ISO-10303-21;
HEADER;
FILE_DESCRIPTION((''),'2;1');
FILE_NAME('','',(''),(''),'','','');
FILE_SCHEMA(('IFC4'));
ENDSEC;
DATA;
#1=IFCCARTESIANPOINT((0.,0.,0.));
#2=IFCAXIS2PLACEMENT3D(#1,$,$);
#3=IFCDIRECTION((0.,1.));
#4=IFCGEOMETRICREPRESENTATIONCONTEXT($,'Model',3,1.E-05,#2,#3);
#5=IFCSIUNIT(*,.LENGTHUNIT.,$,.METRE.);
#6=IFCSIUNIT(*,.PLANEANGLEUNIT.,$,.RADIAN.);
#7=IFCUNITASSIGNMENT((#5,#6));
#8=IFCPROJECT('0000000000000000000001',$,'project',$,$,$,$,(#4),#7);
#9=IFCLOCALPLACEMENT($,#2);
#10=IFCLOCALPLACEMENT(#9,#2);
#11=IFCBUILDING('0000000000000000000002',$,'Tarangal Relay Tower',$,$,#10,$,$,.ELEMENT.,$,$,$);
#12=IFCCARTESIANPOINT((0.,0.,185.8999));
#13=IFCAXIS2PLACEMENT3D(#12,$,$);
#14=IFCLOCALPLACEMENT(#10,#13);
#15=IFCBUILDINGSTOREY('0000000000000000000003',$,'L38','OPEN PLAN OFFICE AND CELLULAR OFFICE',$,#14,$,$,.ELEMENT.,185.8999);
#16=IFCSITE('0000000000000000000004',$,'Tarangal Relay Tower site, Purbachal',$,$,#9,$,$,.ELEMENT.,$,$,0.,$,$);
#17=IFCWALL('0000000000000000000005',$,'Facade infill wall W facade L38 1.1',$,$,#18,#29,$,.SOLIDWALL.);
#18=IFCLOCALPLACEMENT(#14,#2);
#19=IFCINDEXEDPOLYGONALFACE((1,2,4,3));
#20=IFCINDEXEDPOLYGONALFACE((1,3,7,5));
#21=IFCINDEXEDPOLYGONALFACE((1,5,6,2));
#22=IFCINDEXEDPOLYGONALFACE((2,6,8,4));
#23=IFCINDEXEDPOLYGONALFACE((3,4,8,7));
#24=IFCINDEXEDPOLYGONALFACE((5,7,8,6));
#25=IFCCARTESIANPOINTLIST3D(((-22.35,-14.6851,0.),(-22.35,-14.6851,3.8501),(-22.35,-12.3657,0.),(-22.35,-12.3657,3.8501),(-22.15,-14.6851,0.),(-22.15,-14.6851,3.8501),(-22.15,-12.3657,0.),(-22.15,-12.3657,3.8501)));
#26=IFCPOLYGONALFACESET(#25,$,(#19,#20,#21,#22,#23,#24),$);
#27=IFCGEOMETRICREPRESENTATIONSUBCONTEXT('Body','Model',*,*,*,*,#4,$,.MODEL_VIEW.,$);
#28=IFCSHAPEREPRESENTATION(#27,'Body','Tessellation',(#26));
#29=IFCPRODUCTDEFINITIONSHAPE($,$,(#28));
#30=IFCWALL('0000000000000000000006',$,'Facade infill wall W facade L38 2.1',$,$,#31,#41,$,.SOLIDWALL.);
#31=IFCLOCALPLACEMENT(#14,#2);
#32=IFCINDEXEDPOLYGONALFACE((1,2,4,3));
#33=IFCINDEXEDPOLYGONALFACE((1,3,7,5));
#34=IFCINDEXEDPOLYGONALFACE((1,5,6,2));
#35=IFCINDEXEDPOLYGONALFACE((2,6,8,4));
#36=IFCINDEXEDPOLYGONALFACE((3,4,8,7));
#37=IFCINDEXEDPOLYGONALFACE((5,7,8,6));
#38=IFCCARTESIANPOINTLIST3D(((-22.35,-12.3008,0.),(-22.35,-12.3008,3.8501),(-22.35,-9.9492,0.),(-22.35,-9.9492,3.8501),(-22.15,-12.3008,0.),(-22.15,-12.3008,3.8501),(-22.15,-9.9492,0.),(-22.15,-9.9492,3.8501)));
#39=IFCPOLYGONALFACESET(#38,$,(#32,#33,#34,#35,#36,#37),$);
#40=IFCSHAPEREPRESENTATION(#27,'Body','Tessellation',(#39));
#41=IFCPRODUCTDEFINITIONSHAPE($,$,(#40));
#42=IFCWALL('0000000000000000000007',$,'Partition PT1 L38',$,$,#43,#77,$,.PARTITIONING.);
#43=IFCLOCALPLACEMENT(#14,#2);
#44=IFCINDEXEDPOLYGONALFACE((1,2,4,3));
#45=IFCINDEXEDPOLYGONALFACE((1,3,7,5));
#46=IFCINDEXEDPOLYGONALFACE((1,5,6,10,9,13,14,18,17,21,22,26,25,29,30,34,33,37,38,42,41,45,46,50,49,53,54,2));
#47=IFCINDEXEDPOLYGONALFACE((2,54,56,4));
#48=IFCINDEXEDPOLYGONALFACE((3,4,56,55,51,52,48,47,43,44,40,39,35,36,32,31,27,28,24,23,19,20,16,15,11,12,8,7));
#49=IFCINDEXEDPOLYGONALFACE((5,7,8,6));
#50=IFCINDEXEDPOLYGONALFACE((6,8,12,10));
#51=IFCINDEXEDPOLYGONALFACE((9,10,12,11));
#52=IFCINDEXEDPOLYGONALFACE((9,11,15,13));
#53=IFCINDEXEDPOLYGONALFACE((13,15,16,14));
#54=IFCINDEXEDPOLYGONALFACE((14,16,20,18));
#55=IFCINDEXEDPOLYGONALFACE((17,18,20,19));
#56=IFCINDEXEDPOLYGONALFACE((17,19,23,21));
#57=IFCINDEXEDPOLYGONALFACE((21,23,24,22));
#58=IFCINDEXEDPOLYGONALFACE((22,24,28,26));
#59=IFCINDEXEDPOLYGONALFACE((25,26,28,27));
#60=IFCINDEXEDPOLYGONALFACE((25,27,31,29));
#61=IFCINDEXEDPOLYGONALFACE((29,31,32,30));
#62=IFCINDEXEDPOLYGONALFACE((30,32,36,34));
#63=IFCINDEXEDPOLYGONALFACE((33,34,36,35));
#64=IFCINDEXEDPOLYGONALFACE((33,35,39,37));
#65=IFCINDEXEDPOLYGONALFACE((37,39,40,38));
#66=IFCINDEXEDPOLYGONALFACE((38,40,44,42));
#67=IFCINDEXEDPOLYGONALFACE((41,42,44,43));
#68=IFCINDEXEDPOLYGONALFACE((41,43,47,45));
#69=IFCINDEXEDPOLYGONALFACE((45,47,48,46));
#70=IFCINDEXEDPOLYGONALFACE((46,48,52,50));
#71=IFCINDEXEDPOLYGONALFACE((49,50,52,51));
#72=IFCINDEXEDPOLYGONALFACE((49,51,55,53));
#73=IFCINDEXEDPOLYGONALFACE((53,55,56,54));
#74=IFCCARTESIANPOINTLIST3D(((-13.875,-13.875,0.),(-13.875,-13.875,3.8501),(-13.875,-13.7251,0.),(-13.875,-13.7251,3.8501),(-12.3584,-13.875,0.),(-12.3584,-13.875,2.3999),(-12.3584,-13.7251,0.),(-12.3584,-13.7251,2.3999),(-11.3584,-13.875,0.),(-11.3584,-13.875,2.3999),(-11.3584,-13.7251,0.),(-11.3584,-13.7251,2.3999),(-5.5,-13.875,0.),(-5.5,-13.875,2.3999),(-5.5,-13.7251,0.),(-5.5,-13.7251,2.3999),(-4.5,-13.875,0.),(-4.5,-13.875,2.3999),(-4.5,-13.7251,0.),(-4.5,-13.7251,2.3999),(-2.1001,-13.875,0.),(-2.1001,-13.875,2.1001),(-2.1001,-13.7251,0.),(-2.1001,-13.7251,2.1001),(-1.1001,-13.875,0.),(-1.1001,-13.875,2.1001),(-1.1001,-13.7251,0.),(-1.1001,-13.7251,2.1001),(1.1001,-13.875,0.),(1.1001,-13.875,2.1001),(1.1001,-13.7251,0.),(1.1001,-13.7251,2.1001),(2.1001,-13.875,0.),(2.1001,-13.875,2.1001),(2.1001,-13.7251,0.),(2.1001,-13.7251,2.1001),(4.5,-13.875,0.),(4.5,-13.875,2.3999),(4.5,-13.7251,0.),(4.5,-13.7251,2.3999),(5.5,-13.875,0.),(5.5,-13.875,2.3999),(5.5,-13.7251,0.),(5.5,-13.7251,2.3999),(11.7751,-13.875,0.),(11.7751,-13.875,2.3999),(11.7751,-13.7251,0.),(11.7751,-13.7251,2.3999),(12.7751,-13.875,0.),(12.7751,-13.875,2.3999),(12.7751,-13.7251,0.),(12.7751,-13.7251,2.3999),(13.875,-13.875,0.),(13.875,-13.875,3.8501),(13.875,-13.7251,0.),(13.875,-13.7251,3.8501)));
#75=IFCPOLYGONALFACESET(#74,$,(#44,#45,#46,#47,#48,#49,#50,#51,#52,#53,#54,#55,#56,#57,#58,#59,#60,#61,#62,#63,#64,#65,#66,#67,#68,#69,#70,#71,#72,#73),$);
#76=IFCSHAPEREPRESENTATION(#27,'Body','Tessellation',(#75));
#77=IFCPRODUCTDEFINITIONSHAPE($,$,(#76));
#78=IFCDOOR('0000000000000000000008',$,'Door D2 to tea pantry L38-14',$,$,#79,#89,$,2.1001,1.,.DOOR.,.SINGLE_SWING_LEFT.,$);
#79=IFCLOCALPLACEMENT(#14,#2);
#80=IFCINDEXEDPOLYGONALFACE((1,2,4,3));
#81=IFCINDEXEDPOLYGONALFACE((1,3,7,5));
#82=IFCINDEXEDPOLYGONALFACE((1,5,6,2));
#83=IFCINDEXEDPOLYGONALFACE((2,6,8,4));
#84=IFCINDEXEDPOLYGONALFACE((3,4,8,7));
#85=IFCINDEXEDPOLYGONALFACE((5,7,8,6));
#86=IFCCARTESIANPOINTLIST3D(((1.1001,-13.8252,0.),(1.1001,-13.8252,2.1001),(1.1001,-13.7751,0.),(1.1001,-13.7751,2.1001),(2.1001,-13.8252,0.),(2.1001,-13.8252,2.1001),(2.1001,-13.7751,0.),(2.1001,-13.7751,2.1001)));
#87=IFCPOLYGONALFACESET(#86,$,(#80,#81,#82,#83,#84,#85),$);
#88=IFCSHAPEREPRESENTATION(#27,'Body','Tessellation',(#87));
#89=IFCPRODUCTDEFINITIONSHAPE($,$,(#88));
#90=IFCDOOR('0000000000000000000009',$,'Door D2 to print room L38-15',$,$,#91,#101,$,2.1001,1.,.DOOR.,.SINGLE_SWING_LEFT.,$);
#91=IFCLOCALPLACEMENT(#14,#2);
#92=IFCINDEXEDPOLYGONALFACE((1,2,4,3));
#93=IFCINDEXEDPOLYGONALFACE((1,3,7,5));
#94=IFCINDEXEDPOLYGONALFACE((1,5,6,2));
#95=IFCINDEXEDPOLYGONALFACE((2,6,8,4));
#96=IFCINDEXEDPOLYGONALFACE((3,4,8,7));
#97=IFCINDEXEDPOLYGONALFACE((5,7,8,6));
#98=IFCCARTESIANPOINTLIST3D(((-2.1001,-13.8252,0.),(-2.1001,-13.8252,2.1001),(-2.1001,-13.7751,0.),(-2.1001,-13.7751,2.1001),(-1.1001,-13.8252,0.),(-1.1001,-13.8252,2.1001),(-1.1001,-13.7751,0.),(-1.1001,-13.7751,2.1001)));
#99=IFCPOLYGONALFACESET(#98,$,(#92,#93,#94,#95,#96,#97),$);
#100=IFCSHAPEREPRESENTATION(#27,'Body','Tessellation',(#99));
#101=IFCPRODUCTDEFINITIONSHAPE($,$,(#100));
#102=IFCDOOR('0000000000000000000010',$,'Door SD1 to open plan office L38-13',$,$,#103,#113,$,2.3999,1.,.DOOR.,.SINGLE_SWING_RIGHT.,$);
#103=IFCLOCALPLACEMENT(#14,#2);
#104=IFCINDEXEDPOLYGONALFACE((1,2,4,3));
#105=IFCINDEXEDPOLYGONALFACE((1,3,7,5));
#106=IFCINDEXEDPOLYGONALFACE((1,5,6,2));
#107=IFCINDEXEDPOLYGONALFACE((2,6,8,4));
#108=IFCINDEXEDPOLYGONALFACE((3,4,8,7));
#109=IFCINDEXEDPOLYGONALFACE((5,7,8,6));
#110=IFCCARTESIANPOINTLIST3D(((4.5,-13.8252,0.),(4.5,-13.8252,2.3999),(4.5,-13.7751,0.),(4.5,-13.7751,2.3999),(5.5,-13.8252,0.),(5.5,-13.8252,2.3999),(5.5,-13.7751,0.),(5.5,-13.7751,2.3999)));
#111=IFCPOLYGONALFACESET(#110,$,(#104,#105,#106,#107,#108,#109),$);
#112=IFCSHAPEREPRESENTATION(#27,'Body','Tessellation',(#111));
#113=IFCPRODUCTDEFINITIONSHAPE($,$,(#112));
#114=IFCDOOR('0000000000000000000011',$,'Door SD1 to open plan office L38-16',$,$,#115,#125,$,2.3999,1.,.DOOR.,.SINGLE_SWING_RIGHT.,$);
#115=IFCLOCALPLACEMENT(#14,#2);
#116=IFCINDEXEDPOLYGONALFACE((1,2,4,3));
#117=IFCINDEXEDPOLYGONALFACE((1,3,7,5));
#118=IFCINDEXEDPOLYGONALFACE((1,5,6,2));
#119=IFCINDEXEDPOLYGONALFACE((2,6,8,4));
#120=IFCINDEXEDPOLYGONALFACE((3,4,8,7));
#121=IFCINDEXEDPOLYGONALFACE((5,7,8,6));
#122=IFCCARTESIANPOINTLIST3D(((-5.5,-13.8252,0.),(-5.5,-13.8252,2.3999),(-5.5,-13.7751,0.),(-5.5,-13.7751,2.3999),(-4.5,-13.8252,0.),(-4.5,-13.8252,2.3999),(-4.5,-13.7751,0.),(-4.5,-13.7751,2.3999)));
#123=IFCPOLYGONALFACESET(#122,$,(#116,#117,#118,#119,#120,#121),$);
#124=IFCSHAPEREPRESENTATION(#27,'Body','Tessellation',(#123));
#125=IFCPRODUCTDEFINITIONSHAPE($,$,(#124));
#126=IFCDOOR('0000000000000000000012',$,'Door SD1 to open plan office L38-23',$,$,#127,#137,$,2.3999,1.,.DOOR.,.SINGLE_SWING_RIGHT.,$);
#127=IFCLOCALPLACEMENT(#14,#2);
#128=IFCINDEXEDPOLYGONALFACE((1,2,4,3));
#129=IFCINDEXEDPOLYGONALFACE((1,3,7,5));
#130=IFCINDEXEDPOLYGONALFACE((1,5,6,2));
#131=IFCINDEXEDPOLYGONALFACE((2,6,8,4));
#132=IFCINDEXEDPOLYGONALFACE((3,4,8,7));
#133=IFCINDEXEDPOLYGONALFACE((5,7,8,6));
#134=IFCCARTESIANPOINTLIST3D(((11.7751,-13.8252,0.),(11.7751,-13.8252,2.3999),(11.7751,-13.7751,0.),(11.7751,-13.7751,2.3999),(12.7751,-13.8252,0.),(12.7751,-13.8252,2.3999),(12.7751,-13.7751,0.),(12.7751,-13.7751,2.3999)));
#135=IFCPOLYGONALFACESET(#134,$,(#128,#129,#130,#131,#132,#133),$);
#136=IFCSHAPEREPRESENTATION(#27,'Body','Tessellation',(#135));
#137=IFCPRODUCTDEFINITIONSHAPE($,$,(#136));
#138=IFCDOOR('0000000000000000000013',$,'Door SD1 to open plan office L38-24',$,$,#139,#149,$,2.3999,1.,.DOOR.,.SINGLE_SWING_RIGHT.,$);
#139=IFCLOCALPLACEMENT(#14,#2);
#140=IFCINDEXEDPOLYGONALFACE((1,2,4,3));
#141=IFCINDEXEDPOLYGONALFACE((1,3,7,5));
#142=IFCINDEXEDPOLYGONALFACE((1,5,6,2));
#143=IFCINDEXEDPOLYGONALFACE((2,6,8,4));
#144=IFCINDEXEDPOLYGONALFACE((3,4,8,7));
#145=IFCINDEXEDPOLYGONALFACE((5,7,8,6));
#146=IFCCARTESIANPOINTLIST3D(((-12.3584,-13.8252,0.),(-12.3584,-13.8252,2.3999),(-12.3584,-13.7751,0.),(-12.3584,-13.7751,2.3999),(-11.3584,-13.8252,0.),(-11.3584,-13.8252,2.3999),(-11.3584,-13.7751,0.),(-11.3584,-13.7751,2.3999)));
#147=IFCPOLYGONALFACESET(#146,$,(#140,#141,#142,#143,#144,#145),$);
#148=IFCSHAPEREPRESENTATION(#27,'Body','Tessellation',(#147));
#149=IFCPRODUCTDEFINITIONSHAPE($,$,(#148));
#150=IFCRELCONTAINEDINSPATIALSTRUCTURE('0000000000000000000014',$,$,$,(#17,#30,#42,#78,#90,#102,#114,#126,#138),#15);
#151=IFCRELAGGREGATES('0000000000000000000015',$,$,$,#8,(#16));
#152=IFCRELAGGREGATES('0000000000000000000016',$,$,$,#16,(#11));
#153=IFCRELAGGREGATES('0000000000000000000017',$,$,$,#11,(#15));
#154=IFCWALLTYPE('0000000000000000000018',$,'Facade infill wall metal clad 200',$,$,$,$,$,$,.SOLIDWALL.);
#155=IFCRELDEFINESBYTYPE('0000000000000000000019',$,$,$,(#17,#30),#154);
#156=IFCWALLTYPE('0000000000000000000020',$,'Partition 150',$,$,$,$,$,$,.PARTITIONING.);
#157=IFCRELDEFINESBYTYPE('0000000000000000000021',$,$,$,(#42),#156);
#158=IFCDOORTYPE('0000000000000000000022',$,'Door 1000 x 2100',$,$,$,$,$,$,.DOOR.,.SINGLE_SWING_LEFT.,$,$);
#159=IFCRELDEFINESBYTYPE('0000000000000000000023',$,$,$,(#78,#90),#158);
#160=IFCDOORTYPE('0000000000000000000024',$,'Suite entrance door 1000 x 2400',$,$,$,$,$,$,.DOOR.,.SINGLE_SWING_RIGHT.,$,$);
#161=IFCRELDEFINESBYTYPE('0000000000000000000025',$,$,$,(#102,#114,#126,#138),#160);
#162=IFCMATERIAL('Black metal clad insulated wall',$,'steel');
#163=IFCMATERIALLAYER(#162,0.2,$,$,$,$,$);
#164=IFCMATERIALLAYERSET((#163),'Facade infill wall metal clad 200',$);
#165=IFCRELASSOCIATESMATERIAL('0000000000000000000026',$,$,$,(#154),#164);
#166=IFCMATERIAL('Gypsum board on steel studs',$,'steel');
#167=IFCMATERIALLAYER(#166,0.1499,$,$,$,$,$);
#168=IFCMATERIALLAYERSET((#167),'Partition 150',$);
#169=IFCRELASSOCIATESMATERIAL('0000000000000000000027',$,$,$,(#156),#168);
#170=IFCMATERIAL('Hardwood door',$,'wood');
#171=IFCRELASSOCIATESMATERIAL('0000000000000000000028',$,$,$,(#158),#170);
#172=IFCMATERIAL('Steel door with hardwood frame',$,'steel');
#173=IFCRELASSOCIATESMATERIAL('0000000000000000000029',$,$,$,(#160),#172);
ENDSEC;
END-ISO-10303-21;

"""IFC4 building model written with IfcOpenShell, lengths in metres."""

from ifc_helpers import new_model, si_unit, direction, frame, frame_2d, origin, place, context, subcontext, project, spatial, rectangle, extrude, material, layer, layer_set, type_object, element, fill, save


model = new_model("IFC4")

# Units and contexts
model_context = context("Model", 3, precision=1e-05, world=origin(), true_north=direction((0.0, 1.0)))
body_context = subcontext(model_context, "Body", "Model", "MODEL_VIEW")
ifc_project = project(units=[si_unit("LENGTHUNIT", "METRE"), si_unit("PLANEANGLEUNIT", "RADIAN")], contexts=[model_context])

# Site, building, storey
site_placement = place(None, origin())
site = spatial("IfcSite", under=ifc_project, at=site_placement, Name="Tarangal Relay Tower site, Purbachal", CompositionType="ELEMENT", RefElevation=0.0)
building_placement = place(site_placement, origin())
building = spatial("IfcBuilding", under=site, at=building_placement, Name="Tarangal Relay Tower", CompositionType="ELEMENT")
storey_placement = place(building_placement, frame((0.0, 0.0, 185.8999)))
storey = spatial("IfcBuildingStorey", under=building, at=storey_placement, Name="L38", Description="OPEN PLAN OFFICE AND CELLULAR OFFICE", CompositionType="ELEMENT", Elevation=185.8999)

# Shared definitions
ifc_material_1 = material(Name="Black metal clad insulated wall", Category="steel")

# Walls
ifc_layer_1 = layer(ifc_material_1, 0.2)
ifc_layer_set_1 = layer_set([ifc_layer_1], Name="Facade infill wall metal clad 200")
wall_type_1 = type_object("IfcWallType", Name="Facade infill wall metal clad 200", PredefinedType="SOLIDWALL", material=ifc_layer_set_1)
wall_1_placement = place(storey_placement, frame((-22.25, -14.6851, 0.0), z_axis=(0.0, 0.0, 1.0), x_axis=(0.0, 1.0, 0.0)))
element("IfcWall", 1, at=wall_1_placement, inside=storey, type_object=wall_type_1, Name="Facade infill wall W facade L38 1.1", PredefinedType="SOLIDWALL", context=body_context, shape_type="SweptSolid", body=[
    extrude(rectangle(XDim=2.3193, YDim=0.2, at=frame_2d((1.1597, 0.0))), origin(), (0.0, 0.0, 1.0), 3.8501),
])
wall_2_placement = place(storey_placement, frame((-22.25, -12.3008, 0.0), z_axis=(0.0, 0.0, 1.0), x_axis=(0.0, 1.0, 0.0)))
element("IfcWall", 2, at=wall_2_placement, inside=storey, type_object=wall_type_1, Name="Facade infill wall W facade L38 2.1", PredefinedType="SOLIDWALL", context=body_context, shape_type="SweptSolid", body=[
    extrude(rectangle(XDim=2.3516, YDim=0.2, at=frame_2d((1.1758, 0.0))), origin(), (0.0, 0.0, 1.0), 3.8501),
])

# Wall, openings, doors
ifc_material_2 = material(Name="Gypsum board on steel studs", Category="steel")
ifc_layer_2 = layer(ifc_material_2, 0.1499)
ifc_layer_set_2 = layer_set([ifc_layer_2], Name="Partition 150")
wall_type_2 = type_object("IfcWallType", Name="Partition 150", PredefinedType="PARTITIONING", material=ifc_layer_set_2)
wall_3_placement = place(storey_placement, frame((-13.875, -13.8, 0.0), z_axis=(0.0, 0.0, 1.0), x_axis=(1.0, 0.0, 0.0)))
wall_3 = element("IfcWall", 3, at=wall_3_placement, inside=storey, type_object=wall_type_2, Name="Partition PT1 L38", PredefinedType="PARTITIONING", context=body_context, shape_type="SweptSolid", body=[
    extrude(rectangle(XDim=27.75, YDim=0.1499, at=frame_2d((13.875, 0.0))), origin(), (0.0, 0.0, 1.0), 3.8501),
])
opening_1_placement = place(wall_3_placement, frame((18.375, 0.0, 0.0)))
opening_1 = element("IfcOpeningElement", 4, at=opening_1_placement, cuts=wall_3, PredefinedType="OPENING", context=body_context, shape_type="SweptSolid", body=[
    extrude(rectangle(XDim=1.0, YDim=2.3999, at=frame_2d((0.5, 1.2))), frame((0.0, 0.085, 0.0), z_axis=(0.0, -1.0, 0.0), x_axis=(1.0, 0.0, 0.0)), (0.0, 0.0, 1.0), 0.1699),
])
opening_2_placement = place(wall_3_placement, frame((14.9751, 0.0, 0.0)))
opening_2 = element("IfcOpeningElement", 5, at=opening_2_placement, cuts=wall_3, PredefinedType="OPENING", context=body_context, shape_type="SweptSolid", body=[
    extrude(rectangle(XDim=1.0, YDim=2.1001, at=frame_2d((0.5, 1.05))), frame((0.0, 0.085, 0.0), z_axis=(0.0, -1.0, 0.0), x_axis=(1.0, 0.0, 0.0)), (0.0, 0.0, 1.0), 0.1699),
])
opening_3_placement = place(wall_3_placement, frame((11.7749, 0.0, 0.0)))
opening_3 = element("IfcOpeningElement", 6, at=opening_3_placement, cuts=wall_3, PredefinedType="OPENING", context=body_context, shape_type="SweptSolid", body=[
    extrude(rectangle(XDim=1.0, YDim=2.1001, at=frame_2d((0.5, 1.05))), frame((0.0, 0.085, 0.0), z_axis=(0.0, -1.0, 0.0), x_axis=(1.0, 0.0, 0.0)), (0.0, 0.0, 1.0), 0.1699),
])
opening_4_placement = place(wall_3_placement, frame((8.375, 0.0, 0.0)))
opening_4 = element("IfcOpeningElement", 7, at=opening_4_placement, cuts=wall_3, PredefinedType="OPENING", context=body_context, shape_type="SweptSolid", body=[
    extrude(rectangle(XDim=1.0, YDim=2.3999, at=frame_2d((0.5, 1.2))), frame((0.0, 0.085, 0.0), z_axis=(0.0, -1.0, 0.0), x_axis=(1.0, 0.0, 0.0)), (0.0, 0.0, 1.0), 0.1699),
])
opening_5_placement = place(wall_3_placement, frame((25.6501, 0.0, 0.0)))
opening_5 = element("IfcOpeningElement", 8, at=opening_5_placement, cuts=wall_3, PredefinedType="OPENING", context=body_context, shape_type="SweptSolid", body=[
    extrude(rectangle(XDim=1.0, YDim=2.3999, at=frame_2d((0.5, 1.2))), frame((0.0, 0.085, 0.0), z_axis=(0.0, -1.0, 0.0), x_axis=(1.0, 0.0, 0.0)), (0.0, 0.0, 1.0), 0.1699),
])
opening_6_placement = place(wall_3_placement, frame((1.5166, 0.0, 0.0)))
opening_6 = element("IfcOpeningElement", 9, at=opening_6_placement, cuts=wall_3, PredefinedType="OPENING", context=body_context, shape_type="SweptSolid", body=[
    extrude(rectangle(XDim=1.0, YDim=2.3999, at=frame_2d((0.5, 1.2))), frame((0.0, 0.085, 0.0), z_axis=(0.0, -1.0, 0.0), x_axis=(1.0, 0.0, 0.0)), (0.0, 0.0, 1.0), 0.1699),
])
ifc_material_3 = material(Name="Hardwood door", Category="wood")
door_type_1 = type_object("IfcDoorType", Name="Door 1000 x 2100", OperationType="SINGLE_SWING_LEFT", PredefinedType="DOOR", material=ifc_material_3)
door_1_placement = place(opening_2_placement, origin())
door_1 = element("IfcDoor", 10, at=door_1_placement, inside=storey, type_object=door_type_1, Name="Door D2 to tea pantry L38-14", OperationType="SINGLE_SWING_LEFT", OverallHeight=2.1001, OverallWidth=1.0, PredefinedType="DOOR", context=body_context, shape_type="SweptSolid", body=[
    extrude(rectangle(XDim=1.0, YDim=2.1001, at=frame_2d((0.5, 1.05))), frame((0.0, 0.0249, 0.0), z_axis=(0.0, -1.0, 0.0), x_axis=(1.0, 0.0, 0.0)), (0.0, 0.0, 1.0), 0.05),
])
fill(opening_2, door_1)
door_2_placement = place(opening_3_placement, origin())
door_2 = element("IfcDoor", 11, at=door_2_placement, inside=storey, type_object=door_type_1, Name="Door D2 to print room L38-15", OperationType="SINGLE_SWING_LEFT", OverallHeight=2.1001, OverallWidth=1.0, PredefinedType="DOOR", context=body_context, shape_type="SweptSolid", body=[
    extrude(rectangle(XDim=1.0, YDim=2.1001, at=frame_2d((0.5, 1.05))), frame((0.0, 0.0249, 0.0), z_axis=(0.0, -1.0, 0.0), x_axis=(1.0, 0.0, 0.0)), (0.0, 0.0, 1.0), 0.05),
])
fill(opening_3, door_2)
ifc_material_4 = material(Name="Steel door with hardwood frame", Category="steel")
door_type_2 = type_object("IfcDoorType", Name="Suite entrance door 1000 x 2400", OperationType="SINGLE_SWING_RIGHT", PredefinedType="DOOR", material=ifc_material_4)
door_3_placement = place(opening_1_placement, origin())
door_3 = element("IfcDoor", 12, at=door_3_placement, inside=storey, type_object=door_type_2, Name="Door SD1 to open plan office L38-13", OperationType="SINGLE_SWING_RIGHT", OverallHeight=2.3999, OverallWidth=1.0, PredefinedType="DOOR", context=body_context, shape_type="SweptSolid", body=[
    extrude(rectangle(XDim=1.0, YDim=2.3999, at=frame_2d((0.5, 1.2))), frame((0.0, 0.0249, 0.0), z_axis=(0.0, -1.0, 0.0), x_axis=(1.0, 0.0, 0.0)), (0.0, 0.0, 1.0), 0.05),
])
fill(opening_1, door_3)
door_4_placement = place(opening_4_placement, origin())
door_4 = element("IfcDoor", 13, at=door_4_placement, inside=storey, type_object=door_type_2, Name="Door SD1 to open plan office L38-16", OperationType="SINGLE_SWING_RIGHT", OverallHeight=2.3999, OverallWidth=1.0, PredefinedType="DOOR", context=body_context, shape_type="SweptSolid", body=[
    extrude(rectangle(XDim=1.0, YDim=2.3999, at=frame_2d((0.5, 1.2))), frame((0.0, 0.0249, 0.0), z_axis=(0.0, -1.0, 0.0), x_axis=(1.0, 0.0, 0.0)), (0.0, 0.0, 1.0), 0.05),
])
fill(opening_4, door_4)
door_5_placement = place(opening_5_placement, origin())
door_5 = element("IfcDoor", 14, at=door_5_placement, inside=storey, type_object=door_type_2, Name="Door SD1 to open plan office L38-23", OperationType="SINGLE_SWING_RIGHT", OverallHeight=2.3999, OverallWidth=1.0, PredefinedType="DOOR", context=body_context, shape_type="SweptSolid", body=[
    extrude(rectangle(XDim=1.0, YDim=2.3999, at=frame_2d((0.5, 1.2))), frame((0.0, 0.0249, 0.0), z_axis=(0.0, -1.0, 0.0), x_axis=(1.0, 0.0, 0.0)), (0.0, 0.0, 1.0), 0.05),
])
fill(opening_5, door_5)
door_6_placement = place(opening_6_placement, origin())
door_6 = element("IfcDoor", 15, at=door_6_placement, inside=storey, type_object=door_type_2, Name="Door SD1 to open plan office L38-24", OperationType="SINGLE_SWING_RIGHT", OverallHeight=2.3999, OverallWidth=1.0, PredefinedType="DOOR", context=body_context, shape_type="SweptSolid", body=[
    extrude(rectangle(XDim=1.0, YDim=2.3999, at=frame_2d((0.5, 1.2))), frame((0.0, 0.0249, 0.0), z_axis=(0.0, -1.0, 0.0), x_axis=(1.0, 0.0, 0.0)), (0.0, 0.0, 1.0), 0.05),
])
fill(opening_6, door_6)

save(model, "model.ifc")
